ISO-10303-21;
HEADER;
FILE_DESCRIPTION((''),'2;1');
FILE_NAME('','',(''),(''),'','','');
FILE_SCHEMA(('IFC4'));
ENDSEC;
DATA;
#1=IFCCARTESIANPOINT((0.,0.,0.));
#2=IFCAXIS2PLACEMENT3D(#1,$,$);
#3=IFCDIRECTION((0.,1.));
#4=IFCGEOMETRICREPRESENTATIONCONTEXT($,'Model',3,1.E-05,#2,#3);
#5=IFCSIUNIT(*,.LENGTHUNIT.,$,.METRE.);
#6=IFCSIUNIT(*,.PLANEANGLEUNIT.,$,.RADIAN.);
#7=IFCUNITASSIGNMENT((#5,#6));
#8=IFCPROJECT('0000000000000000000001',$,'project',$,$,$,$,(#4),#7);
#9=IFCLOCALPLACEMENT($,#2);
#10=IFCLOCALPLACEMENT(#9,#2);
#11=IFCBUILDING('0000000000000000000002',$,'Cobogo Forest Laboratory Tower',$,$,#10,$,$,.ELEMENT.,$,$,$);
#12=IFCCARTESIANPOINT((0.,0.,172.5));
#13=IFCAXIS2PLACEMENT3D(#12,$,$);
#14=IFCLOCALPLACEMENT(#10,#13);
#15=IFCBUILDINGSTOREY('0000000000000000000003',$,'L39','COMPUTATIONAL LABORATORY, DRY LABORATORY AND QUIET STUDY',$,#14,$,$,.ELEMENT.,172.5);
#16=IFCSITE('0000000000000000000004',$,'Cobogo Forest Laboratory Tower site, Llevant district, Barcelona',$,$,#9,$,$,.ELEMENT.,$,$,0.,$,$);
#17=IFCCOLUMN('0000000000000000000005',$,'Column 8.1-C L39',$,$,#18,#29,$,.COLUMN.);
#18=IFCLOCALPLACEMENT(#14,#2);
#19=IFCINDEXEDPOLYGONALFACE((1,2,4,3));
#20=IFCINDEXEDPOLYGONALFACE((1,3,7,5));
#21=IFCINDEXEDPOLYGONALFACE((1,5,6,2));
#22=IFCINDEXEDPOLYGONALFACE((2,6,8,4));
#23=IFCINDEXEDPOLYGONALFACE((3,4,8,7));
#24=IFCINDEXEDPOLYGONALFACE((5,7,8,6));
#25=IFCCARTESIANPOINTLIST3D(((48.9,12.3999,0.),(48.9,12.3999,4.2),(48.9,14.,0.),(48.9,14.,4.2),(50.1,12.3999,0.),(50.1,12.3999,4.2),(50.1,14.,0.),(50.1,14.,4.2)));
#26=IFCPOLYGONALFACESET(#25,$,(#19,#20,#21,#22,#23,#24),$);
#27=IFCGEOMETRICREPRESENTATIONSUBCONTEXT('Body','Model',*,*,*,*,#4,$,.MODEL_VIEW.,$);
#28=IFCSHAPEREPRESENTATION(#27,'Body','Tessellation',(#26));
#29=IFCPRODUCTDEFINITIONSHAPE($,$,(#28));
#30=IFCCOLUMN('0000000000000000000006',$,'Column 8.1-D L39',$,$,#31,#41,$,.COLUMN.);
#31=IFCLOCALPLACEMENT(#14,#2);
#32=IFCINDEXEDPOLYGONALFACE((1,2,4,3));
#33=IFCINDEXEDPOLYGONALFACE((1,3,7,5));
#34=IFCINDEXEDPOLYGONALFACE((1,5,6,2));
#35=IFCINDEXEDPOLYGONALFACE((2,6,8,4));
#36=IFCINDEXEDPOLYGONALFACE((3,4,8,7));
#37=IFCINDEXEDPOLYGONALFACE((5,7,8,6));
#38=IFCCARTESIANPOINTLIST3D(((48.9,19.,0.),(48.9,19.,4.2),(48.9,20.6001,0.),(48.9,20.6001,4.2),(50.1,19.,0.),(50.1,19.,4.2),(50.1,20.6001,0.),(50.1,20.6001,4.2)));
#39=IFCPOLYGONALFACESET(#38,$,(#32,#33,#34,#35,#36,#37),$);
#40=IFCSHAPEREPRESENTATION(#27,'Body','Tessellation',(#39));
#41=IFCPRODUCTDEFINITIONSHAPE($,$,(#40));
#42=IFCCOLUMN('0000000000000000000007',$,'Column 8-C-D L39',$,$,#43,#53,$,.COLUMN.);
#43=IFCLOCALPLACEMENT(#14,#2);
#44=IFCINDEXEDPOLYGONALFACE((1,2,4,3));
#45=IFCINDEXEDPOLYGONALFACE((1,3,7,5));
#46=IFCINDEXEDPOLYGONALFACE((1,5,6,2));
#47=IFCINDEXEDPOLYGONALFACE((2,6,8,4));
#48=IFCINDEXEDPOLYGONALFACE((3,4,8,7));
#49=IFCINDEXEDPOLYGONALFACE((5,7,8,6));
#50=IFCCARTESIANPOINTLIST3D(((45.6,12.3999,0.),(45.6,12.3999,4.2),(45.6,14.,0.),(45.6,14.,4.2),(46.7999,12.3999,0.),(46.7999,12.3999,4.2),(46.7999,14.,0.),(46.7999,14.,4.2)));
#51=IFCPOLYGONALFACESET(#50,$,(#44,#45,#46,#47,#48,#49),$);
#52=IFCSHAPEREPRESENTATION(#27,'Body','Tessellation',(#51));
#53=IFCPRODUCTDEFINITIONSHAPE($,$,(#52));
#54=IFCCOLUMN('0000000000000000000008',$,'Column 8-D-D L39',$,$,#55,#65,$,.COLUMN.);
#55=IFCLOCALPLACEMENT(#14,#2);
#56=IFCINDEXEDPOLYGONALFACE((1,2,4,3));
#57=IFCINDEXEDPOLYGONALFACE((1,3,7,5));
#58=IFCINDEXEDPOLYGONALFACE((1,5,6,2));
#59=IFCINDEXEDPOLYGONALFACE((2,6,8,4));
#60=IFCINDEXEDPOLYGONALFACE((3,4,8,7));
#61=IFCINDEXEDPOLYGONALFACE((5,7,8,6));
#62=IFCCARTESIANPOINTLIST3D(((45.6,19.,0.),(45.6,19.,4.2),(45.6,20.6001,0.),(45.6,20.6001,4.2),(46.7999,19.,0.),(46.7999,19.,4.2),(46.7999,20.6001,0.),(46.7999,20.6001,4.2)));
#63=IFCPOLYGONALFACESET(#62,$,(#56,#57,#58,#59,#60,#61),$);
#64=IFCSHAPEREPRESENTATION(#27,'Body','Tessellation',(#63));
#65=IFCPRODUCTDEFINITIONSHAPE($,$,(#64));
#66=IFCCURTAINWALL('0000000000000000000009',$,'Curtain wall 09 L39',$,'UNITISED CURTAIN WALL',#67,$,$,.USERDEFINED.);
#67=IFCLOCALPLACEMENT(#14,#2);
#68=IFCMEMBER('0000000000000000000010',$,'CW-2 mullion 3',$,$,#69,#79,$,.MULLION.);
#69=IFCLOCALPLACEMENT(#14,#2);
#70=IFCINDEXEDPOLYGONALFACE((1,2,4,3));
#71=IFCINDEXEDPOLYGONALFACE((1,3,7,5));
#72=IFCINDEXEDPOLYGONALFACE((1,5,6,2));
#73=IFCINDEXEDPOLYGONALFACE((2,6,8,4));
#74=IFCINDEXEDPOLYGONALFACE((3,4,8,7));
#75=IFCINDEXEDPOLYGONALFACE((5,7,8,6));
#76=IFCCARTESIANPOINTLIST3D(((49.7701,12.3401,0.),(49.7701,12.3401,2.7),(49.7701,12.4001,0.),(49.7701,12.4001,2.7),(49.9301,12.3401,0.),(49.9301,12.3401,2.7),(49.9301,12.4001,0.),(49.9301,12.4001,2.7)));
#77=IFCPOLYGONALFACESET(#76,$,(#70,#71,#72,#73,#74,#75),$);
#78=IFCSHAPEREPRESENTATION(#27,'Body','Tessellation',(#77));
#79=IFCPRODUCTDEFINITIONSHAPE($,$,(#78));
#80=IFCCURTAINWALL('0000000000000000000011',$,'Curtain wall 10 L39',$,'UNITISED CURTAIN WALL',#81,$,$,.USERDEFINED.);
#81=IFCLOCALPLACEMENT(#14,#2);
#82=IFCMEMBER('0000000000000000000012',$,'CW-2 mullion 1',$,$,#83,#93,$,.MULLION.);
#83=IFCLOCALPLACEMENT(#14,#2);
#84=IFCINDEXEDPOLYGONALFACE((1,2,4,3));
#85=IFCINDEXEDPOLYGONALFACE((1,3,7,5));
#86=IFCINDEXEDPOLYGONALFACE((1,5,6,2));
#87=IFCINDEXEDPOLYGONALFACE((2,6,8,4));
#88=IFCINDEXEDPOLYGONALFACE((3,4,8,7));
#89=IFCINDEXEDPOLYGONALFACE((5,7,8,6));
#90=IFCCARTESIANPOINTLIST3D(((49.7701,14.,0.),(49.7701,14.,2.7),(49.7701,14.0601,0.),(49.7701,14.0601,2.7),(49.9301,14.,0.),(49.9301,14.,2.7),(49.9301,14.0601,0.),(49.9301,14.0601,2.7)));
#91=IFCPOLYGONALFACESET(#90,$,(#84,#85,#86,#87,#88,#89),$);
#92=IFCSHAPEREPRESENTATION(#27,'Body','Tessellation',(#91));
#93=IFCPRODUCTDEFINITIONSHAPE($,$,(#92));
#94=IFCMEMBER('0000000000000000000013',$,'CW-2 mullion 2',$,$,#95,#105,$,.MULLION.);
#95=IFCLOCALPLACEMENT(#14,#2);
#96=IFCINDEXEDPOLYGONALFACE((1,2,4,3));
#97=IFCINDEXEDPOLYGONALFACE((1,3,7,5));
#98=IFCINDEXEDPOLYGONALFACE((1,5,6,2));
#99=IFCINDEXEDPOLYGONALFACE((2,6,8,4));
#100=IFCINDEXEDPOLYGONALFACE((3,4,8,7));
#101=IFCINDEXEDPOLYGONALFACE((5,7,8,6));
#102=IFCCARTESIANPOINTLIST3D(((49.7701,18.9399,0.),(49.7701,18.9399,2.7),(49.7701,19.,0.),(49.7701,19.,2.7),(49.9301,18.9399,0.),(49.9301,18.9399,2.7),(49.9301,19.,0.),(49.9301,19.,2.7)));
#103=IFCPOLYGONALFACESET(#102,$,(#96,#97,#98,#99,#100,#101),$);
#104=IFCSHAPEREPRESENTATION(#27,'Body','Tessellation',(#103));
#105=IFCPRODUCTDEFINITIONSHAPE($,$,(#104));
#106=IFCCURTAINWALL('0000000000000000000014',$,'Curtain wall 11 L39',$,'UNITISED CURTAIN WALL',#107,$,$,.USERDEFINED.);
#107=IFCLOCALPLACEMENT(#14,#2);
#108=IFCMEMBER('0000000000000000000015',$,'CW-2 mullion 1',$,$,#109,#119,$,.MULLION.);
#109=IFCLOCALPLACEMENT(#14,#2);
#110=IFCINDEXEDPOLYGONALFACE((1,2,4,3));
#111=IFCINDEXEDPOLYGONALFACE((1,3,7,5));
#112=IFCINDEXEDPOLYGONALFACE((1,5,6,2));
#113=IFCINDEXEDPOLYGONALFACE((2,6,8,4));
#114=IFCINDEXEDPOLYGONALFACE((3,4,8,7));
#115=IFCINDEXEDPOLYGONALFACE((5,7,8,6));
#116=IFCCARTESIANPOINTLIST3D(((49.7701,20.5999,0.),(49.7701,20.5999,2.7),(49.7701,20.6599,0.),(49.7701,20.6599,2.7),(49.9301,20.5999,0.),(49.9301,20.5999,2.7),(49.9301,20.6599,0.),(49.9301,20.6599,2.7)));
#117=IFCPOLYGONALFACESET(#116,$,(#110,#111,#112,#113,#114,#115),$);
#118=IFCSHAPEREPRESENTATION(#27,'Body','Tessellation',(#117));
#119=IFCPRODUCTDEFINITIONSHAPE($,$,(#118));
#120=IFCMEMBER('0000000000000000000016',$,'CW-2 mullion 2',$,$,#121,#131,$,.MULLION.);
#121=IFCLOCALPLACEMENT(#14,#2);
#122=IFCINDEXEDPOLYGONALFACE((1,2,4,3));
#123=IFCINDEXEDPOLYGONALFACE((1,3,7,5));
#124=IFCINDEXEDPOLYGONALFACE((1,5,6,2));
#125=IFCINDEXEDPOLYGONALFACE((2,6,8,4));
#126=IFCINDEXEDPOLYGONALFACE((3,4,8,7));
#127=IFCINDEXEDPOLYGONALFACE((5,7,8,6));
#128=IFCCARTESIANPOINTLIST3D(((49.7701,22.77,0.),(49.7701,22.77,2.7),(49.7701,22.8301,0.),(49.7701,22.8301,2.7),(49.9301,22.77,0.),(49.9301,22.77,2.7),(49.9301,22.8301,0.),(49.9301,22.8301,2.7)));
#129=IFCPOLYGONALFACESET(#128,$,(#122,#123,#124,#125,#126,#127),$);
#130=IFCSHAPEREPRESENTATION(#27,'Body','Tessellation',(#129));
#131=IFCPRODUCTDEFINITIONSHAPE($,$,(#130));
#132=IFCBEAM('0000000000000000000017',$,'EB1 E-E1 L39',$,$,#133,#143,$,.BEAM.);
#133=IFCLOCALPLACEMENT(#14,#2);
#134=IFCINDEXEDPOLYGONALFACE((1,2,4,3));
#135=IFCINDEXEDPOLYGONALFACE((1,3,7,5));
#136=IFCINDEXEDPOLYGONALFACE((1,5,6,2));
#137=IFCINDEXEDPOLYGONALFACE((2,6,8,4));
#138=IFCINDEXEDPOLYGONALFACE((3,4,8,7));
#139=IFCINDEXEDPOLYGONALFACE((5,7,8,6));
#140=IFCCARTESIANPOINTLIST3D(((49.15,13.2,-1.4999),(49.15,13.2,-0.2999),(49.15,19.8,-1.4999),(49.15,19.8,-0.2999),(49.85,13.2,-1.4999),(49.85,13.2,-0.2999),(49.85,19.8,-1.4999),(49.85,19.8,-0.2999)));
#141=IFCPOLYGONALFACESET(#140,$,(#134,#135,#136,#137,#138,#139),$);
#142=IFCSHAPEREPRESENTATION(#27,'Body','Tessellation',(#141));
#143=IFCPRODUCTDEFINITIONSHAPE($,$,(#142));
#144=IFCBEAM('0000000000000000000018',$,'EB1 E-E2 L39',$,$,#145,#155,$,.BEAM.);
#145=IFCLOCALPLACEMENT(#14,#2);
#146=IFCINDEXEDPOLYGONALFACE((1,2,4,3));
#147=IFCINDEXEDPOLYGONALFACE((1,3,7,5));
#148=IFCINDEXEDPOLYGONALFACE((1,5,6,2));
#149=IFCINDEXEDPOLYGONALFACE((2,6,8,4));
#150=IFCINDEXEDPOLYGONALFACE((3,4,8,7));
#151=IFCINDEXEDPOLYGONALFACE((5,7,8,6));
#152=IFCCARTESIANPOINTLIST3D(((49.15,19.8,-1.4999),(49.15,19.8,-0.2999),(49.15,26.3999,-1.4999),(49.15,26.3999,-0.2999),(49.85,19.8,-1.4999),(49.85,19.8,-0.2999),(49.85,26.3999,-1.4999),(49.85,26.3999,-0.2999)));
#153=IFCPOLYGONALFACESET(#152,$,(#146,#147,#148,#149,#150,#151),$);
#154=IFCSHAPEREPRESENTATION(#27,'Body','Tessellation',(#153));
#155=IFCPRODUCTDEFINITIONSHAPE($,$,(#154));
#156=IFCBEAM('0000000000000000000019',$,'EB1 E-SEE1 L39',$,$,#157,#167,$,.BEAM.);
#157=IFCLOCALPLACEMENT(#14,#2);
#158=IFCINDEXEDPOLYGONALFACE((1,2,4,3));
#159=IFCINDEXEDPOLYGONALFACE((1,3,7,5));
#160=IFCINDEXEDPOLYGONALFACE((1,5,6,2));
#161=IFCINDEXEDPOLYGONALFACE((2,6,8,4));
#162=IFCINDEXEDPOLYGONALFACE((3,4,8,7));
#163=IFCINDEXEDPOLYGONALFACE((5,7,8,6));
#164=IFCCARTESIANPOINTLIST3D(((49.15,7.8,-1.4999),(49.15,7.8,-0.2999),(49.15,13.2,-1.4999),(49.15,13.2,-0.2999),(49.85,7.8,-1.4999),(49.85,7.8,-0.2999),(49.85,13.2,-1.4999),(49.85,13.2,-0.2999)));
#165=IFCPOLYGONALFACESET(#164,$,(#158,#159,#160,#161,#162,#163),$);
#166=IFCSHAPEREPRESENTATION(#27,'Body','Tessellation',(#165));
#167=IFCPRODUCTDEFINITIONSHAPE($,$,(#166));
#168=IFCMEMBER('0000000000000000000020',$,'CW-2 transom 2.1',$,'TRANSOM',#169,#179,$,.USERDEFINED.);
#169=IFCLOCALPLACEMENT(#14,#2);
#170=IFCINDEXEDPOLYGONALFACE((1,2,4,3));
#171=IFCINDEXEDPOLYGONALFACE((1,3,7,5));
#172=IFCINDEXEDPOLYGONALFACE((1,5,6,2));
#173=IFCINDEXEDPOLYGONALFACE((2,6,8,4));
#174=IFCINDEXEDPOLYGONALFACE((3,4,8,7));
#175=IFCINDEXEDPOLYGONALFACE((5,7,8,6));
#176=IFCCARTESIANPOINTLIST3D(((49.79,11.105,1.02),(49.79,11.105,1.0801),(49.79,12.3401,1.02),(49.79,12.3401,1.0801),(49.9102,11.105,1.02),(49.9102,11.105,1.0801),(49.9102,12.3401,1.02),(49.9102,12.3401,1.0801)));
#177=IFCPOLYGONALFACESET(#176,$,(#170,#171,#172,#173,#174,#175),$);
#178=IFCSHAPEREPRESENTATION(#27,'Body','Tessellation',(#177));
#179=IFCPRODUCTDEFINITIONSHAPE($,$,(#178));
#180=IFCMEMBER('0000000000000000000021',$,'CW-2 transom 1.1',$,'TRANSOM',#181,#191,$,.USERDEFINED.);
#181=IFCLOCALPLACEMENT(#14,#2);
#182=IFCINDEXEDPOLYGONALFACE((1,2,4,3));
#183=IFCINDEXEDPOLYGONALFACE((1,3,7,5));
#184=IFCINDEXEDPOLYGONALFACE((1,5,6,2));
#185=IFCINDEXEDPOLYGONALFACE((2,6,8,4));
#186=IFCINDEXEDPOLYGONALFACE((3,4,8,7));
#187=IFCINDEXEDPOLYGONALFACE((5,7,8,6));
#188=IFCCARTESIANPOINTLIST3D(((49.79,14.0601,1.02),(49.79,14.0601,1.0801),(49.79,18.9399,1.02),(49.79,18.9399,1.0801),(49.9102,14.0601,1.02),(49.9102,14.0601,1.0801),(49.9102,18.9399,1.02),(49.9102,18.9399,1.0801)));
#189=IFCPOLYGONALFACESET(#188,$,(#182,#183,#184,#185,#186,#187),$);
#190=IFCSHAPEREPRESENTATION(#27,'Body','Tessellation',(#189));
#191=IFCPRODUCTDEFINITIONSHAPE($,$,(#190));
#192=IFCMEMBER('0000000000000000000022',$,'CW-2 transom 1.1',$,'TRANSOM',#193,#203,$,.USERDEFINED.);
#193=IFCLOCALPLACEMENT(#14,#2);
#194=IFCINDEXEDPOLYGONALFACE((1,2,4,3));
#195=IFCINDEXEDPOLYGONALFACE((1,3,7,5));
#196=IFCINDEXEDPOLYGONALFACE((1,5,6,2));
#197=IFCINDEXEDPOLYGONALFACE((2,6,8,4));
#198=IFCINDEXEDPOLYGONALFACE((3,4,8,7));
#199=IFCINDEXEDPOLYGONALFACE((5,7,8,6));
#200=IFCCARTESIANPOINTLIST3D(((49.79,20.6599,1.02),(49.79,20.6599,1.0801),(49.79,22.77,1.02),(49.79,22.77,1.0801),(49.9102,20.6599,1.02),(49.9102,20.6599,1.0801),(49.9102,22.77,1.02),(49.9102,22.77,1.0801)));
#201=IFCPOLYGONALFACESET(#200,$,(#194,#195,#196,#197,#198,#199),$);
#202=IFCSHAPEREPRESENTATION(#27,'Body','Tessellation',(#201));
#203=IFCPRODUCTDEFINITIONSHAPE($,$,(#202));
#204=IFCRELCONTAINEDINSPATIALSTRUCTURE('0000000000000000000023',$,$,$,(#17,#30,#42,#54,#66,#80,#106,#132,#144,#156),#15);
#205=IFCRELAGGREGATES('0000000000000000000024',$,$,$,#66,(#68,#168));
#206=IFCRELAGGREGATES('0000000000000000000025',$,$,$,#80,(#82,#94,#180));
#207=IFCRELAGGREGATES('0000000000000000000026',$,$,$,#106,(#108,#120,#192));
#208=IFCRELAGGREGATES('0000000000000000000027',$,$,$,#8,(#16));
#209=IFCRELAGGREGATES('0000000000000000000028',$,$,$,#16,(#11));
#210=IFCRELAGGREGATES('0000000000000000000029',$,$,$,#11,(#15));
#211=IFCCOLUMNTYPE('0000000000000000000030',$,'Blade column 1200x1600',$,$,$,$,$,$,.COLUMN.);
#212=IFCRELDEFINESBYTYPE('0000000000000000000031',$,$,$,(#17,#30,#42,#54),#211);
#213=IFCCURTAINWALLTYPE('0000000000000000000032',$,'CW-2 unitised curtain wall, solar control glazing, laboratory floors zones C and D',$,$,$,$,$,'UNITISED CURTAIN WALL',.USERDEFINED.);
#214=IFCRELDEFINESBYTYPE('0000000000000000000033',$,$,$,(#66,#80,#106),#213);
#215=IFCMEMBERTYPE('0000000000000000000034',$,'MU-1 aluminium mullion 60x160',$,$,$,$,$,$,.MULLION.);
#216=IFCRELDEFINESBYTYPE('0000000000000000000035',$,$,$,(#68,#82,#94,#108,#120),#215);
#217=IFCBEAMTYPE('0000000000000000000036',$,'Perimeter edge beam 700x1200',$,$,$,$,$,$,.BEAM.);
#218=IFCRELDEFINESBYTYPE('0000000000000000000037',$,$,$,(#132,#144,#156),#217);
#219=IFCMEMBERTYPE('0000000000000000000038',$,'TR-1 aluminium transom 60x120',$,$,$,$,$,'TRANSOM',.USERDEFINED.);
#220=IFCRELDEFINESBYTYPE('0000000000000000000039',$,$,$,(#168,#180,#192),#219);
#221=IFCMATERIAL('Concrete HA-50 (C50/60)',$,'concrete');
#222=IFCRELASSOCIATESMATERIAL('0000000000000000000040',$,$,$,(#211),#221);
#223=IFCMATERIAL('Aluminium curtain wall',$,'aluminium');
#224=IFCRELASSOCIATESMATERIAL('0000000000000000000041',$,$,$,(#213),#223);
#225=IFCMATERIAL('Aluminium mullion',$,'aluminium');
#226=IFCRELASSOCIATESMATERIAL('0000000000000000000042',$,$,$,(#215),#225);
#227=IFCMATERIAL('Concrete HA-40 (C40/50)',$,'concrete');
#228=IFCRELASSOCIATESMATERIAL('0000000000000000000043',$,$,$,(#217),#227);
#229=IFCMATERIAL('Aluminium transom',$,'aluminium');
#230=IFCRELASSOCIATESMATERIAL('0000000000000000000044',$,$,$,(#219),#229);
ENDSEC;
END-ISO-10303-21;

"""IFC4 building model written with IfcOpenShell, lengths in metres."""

from ifc_helpers import new_model, si_unit, direction, frame, origin, origin_2d, place, context, subcontext, project, spatial, rectangle, extrude, material, material_profile, profile_set, type_object, element, aggregate, save


model = new_model("IFC4")

# Units and contexts
model_context = context("Model", 3, precision=1e-05, world=origin(), true_north=direction((0.0, 1.0)))
body_context = subcontext(model_context, "Body", "Model", "MODEL_VIEW")
ifc_project = project(units=[si_unit("LENGTHUNIT", "METRE"), si_unit("PLANEANGLEUNIT", "RADIAN")], contexts=[model_context])

# Site, building, storey
site_placement = place(None, origin())
site = spatial("IfcSite", under=ifc_project, at=site_placement, Name="Cobogo Forest Laboratory Tower site, Llevant district, Barcelona", CompositionType="ELEMENT", RefElevation=0.0)
building_placement = place(site_placement, origin())
building = spatial("IfcBuilding", under=site, at=building_placement, Name="Cobogo Forest Laboratory Tower", CompositionType="ELEMENT")
storey_placement = place(building_placement, frame((0.0, 0.0, 172.5)))
storey = spatial("IfcBuildingStorey", under=building, at=storey_placement, Name="L39", Description="COMPUTATIONAL LABORATORY, DRY LABORATORY AND QUIET STUDY", CompositionType="ELEMENT", Elevation=172.5)

# Columns
ifc_material_1 = material(Name="Concrete HA-50 (C50/60)", Category="concrete")
ifc_material_profile_1 = material_profile(ifc_material_1, rectangle(XDim=1.6001, YDim=1.2, at=origin_2d()), Name="RC 1200x1600")
ifc_profile_set_1 = profile_set([ifc_material_profile_1], Name="Concrete HA-50 (C50/60)")
column_type = type_object("IfcColumnType", Name="Blade column 1200x1600", PredefinedType="COLUMN", material=ifc_profile_set_1)
for number, where, z_axis, x_axis, name in (
    (1, (49.5, 13.2, 0.0), (0.0, 0.0, 1.0), (0.0, 1.0, 0.0), "Column 8.1-C L39"),
    (2, (49.5, 19.8, 0.0), (0.0, 0.0, 1.0), (0.0, 1.0, 0.0), "Column 8.1-D L39"),
    (3, (46.2, 13.2, 0.0), (0.0, 0.0, 1.0), (0.0, 1.0, 0.0), "Column 8-C-D L39"),
    (4, (46.2, 19.8, 0.0), (0.0, 0.0, 1.0), (0.0, 1.0, 0.0), "Column 8-D-D L39"),
):
    element("IfcColumn", number, at=place(storey_placement, frame(where, z_axis=z_axis, x_axis=x_axis)), inside=storey, type_object=column_type, Name=name, PredefinedType="COLUMN", context=body_context, shape_type="SweptSolid", body=[
        extrude(rectangle(XDim=1.6001, YDim=1.2, at=origin_2d()), origin(), (0.0, 0.0, 1.0), 4.2),
    ])

# Curtain wall, member
ifc_material_2 = material(Name="Aluminium curtain wall", Category="aluminium")
curtain_wall_type = type_object("IfcCurtainWallType", Name="CW-2 unitised curtain wall, solar control glazing, laboratory floors zones C and D", ElementType="UNITISED CURTAIN WALL", PredefinedType="USERDEFINED", material=ifc_material_2)
curtain_wall_1_placement = place(storey_placement, origin())
curtain_wall_1 = element("IfcCurtainWall", 5, at=curtain_wall_1_placement, inside=storey, type_object=curtain_wall_type, Name="Curtain wall 09 L39", ObjectType="UNITISED CURTAIN WALL", PredefinedType="USERDEFINED")
ifc_material_3 = material(Name="Aluminium mullion", Category="aluminium")
ifc_material_profile_2 = material_profile(ifc_material_3, rectangle(XDim=0.0601, YDim=0.1599, at=origin_2d()), Name="AL 60x160")
ifc_profile_set_2 = profile_set([ifc_material_profile_2], Name="Aluminium mullion")
member_type_1 = type_object("IfcMemberType", Name="MU-1 aluminium mullion 60x160", PredefinedType="MULLION", material=ifc_profile_set_2)
member_1_placement = place(storey_placement, frame((49.8501, 12.3701, 0.0), z_axis=(0.0, 0.0, 1.0), x_axis=(0.0, 1.0, 0.0)))
member_1 = element("IfcMember", 6, at=member_1_placement, type_object=member_type_1, Name="CW-2 mullion 3", PredefinedType="MULLION", context=body_context, shape_type="SweptSolid", body=[
    extrude(rectangle(XDim=0.0601, YDim=0.1599, at=origin_2d()), origin(), (0.0, 0.0, 1.0), 2.7),
])

# Curtain walls, members
curtain_wall_2_placement = place(storey_placement, origin())
curtain_wall_2 = element("IfcCurtainWall", 7, at=curtain_wall_2_placement, inside=storey, type_object=curtain_wall_type, Name="Curtain wall 10 L39", ObjectType="UNITISED CURTAIN WALL", PredefinedType="USERDEFINED")
member_2_placement = place(storey_placement, frame((49.8501, 14.03, 0.0), z_axis=(0.0, 0.0, 1.0), x_axis=(0.0, 1.0, 0.0)))
member_2 = element("IfcMember", 8, at=member_2_placement, type_object=member_type_1, Name="CW-2 mullion 1", PredefinedType="MULLION", context=body_context, shape_type="SweptSolid", body=[
    extrude(rectangle(XDim=0.0601, YDim=0.1599, at=origin_2d()), origin(), (0.0, 0.0, 1.0), 2.7),
])
member_3_placement = place(storey_placement, frame((49.8501, 18.97, 0.0), z_axis=(0.0, 0.0, 1.0), x_axis=(0.0, 1.0, 0.0)))
member_3 = element("IfcMember", 9, at=member_3_placement, type_object=member_type_1, Name="CW-2 mullion 2", PredefinedType="MULLION", context=body_context, shape_type="SweptSolid", body=[
    extrude(rectangle(XDim=0.0601, YDim=0.1599, at=origin_2d()), origin(), (0.0, 0.0, 1.0), 2.7),
])
curtain_wall_3_placement = place(storey_placement, origin())
curtain_wall_3 = element("IfcCurtainWall", 10, at=curtain_wall_3_placement, inside=storey, type_object=curtain_wall_type, Name="Curtain wall 11 L39", ObjectType="UNITISED CURTAIN WALL", PredefinedType="USERDEFINED")
member_4_placement = place(storey_placement, frame((49.8501, 20.6299, 0.0), z_axis=(0.0, 0.0, 1.0), x_axis=(0.0, 1.0, 0.0)))
member_4 = element("IfcMember", 11, at=member_4_placement, type_object=member_type_1, Name="CW-2 mullion 1", PredefinedType="MULLION", context=body_context, shape_type="SweptSolid", body=[
    extrude(rectangle(XDim=0.0601, YDim=0.1599, at=origin_2d()), origin(), (0.0, 0.0, 1.0), 2.7),
])
member_5_placement = place(storey_placement, frame((49.8501, 22.8, 0.0), z_axis=(0.0, 0.0, 1.0), x_axis=(0.0, 1.0, 0.0)))
member_5 = element("IfcMember", 12, at=member_5_placement, type_object=member_type_1, Name="CW-2 mullion 2", PredefinedType="MULLION", context=body_context, shape_type="SweptSolid", body=[
    extrude(rectangle(XDim=0.0601, YDim=0.1599, at=origin_2d()), origin(), (0.0, 0.0, 1.0), 2.7),
])

# Beams
ifc_material_4 = material(Name="Concrete HA-40 (C40/50)", Category="concrete")
ifc_material_profile_3 = material_profile(ifc_material_4, rectangle(XDim=0.7, YDim=1.2, at=origin_2d()), Name="RC 700x1200")
ifc_profile_set_3 = profile_set([ifc_material_profile_3], Name="Concrete HA-40 (C40/50)")
beam_type = type_object("IfcBeamType", Name="Perimeter edge beam 700x1200", PredefinedType="BEAM", material=ifc_profile_set_3)
beam_1_placement = place(storey_placement, frame((49.5, 13.2, -0.8999), z_axis=(0.0, 1.0, 0.0), x_axis=(-1.0, 0.0, 0.0)))
element("IfcBeam", 13, at=beam_1_placement, inside=storey, type_object=beam_type, Name="EB1 E-E1 L39", PredefinedType="BEAM", context=body_context, shape_type="SweptSolid", body=[
    extrude(rectangle(XDim=0.7, YDim=1.2, at=origin_2d()), origin(), (0.0, 0.0, 1.0), 6.6001),
])
beam_2_placement = place(storey_placement, frame((49.5, 19.8, -0.8999), z_axis=(0.0, 1.0, 0.0), x_axis=(-1.0, 0.0, 0.0)))
element("IfcBeam", 14, at=beam_2_placement, inside=storey, type_object=beam_type, Name="EB1 E-E2 L39", PredefinedType="BEAM", context=body_context, shape_type="SweptSolid", body=[
    extrude(rectangle(XDim=0.7, YDim=1.2, at=origin_2d()), origin(), (0.0, 0.0, 1.0), 6.5999),
])
beam_3_placement = place(storey_placement, frame((49.5, 13.2, -0.8999), z_axis=(0.0, -1.0, 0.0), x_axis=(1.0, 0.0, 0.0)))
element("IfcBeam", 15, at=beam_3_placement, inside=storey, type_object=beam_type, Name="EB1 E-SEE1 L39", PredefinedType="BEAM", context=body_context, shape_type="SweptSolid", body=[
    extrude(rectangle(XDim=0.7, YDim=1.2, at=origin_2d()), origin(), (0.0, 0.0, 1.0), 5.3999),
])

# Members
ifc_material_5 = material(Name="Aluminium transom", Category="aluminium")
ifc_material_profile_4 = material_profile(ifc_material_5, rectangle(XDim=0.1201, YDim=0.0601, at=origin_2d()), Name="AL 60x120")
ifc_profile_set_4 = profile_set([ifc_material_profile_4], Name="Aluminium transom")
member_type_2 = type_object("IfcMemberType", Name="TR-1 aluminium transom 60x120", ElementType="TRANSOM", PredefinedType="USERDEFINED", material=ifc_profile_set_4)
member_6_placement = place(storey_placement, frame((49.8501, 11.105, 1.05), z_axis=(0.0, 1.0, 0.0), x_axis=(-1.0, 0.0, 0.0)))
member_6 = element("IfcMember", 16, at=member_6_placement, type_object=member_type_2, Name="CW-2 transom 2.1", ObjectType="TRANSOM", PredefinedType="USERDEFINED", context=body_context, shape_type="SweptSolid", body=[
    extrude(rectangle(XDim=0.1201, YDim=0.0601, at=origin_2d()), origin(), (0.0, 0.0, 1.0), 1.2351),
])
member_7_placement = place(storey_placement, frame((49.8501, 14.0601, 1.05), z_axis=(0.0, 1.0, 0.0), x_axis=(-1.0, 0.0, 0.0)))
member_7 = element("IfcMember", 17, at=member_7_placement, type_object=member_type_2, Name="CW-2 transom 1.1", ObjectType="TRANSOM", PredefinedType="USERDEFINED", context=body_context, shape_type="SweptSolid", body=[
    extrude(rectangle(XDim=0.1201, YDim=0.0601, at=origin_2d()), origin(), (0.0, 0.0, 1.0), 4.8799),
])
member_8_placement = place(storey_placement, frame((49.8501, 20.6599, 1.05), z_axis=(0.0, 1.0, 0.0), x_axis=(-1.0, 0.0, 0.0)))
member_8 = element("IfcMember", 18, at=member_8_placement, type_object=member_type_2, Name="CW-2 transom 1.1", ObjectType="TRANSOM", PredefinedType="USERDEFINED", context=body_context, shape_type="SweptSolid", body=[
    extrude(rectangle(XDim=0.1201, YDim=0.0601, at=origin_2d()), origin(), (0.0, 0.0, 1.0), 2.1101),
])

aggregate(curtain_wall_1, [member_1, member_6])
aggregate(curtain_wall_2, [member_2, member_3, member_7])
aggregate(curtain_wall_3, [member_4, member_5, member_8])

save(model, "model.ifc")
